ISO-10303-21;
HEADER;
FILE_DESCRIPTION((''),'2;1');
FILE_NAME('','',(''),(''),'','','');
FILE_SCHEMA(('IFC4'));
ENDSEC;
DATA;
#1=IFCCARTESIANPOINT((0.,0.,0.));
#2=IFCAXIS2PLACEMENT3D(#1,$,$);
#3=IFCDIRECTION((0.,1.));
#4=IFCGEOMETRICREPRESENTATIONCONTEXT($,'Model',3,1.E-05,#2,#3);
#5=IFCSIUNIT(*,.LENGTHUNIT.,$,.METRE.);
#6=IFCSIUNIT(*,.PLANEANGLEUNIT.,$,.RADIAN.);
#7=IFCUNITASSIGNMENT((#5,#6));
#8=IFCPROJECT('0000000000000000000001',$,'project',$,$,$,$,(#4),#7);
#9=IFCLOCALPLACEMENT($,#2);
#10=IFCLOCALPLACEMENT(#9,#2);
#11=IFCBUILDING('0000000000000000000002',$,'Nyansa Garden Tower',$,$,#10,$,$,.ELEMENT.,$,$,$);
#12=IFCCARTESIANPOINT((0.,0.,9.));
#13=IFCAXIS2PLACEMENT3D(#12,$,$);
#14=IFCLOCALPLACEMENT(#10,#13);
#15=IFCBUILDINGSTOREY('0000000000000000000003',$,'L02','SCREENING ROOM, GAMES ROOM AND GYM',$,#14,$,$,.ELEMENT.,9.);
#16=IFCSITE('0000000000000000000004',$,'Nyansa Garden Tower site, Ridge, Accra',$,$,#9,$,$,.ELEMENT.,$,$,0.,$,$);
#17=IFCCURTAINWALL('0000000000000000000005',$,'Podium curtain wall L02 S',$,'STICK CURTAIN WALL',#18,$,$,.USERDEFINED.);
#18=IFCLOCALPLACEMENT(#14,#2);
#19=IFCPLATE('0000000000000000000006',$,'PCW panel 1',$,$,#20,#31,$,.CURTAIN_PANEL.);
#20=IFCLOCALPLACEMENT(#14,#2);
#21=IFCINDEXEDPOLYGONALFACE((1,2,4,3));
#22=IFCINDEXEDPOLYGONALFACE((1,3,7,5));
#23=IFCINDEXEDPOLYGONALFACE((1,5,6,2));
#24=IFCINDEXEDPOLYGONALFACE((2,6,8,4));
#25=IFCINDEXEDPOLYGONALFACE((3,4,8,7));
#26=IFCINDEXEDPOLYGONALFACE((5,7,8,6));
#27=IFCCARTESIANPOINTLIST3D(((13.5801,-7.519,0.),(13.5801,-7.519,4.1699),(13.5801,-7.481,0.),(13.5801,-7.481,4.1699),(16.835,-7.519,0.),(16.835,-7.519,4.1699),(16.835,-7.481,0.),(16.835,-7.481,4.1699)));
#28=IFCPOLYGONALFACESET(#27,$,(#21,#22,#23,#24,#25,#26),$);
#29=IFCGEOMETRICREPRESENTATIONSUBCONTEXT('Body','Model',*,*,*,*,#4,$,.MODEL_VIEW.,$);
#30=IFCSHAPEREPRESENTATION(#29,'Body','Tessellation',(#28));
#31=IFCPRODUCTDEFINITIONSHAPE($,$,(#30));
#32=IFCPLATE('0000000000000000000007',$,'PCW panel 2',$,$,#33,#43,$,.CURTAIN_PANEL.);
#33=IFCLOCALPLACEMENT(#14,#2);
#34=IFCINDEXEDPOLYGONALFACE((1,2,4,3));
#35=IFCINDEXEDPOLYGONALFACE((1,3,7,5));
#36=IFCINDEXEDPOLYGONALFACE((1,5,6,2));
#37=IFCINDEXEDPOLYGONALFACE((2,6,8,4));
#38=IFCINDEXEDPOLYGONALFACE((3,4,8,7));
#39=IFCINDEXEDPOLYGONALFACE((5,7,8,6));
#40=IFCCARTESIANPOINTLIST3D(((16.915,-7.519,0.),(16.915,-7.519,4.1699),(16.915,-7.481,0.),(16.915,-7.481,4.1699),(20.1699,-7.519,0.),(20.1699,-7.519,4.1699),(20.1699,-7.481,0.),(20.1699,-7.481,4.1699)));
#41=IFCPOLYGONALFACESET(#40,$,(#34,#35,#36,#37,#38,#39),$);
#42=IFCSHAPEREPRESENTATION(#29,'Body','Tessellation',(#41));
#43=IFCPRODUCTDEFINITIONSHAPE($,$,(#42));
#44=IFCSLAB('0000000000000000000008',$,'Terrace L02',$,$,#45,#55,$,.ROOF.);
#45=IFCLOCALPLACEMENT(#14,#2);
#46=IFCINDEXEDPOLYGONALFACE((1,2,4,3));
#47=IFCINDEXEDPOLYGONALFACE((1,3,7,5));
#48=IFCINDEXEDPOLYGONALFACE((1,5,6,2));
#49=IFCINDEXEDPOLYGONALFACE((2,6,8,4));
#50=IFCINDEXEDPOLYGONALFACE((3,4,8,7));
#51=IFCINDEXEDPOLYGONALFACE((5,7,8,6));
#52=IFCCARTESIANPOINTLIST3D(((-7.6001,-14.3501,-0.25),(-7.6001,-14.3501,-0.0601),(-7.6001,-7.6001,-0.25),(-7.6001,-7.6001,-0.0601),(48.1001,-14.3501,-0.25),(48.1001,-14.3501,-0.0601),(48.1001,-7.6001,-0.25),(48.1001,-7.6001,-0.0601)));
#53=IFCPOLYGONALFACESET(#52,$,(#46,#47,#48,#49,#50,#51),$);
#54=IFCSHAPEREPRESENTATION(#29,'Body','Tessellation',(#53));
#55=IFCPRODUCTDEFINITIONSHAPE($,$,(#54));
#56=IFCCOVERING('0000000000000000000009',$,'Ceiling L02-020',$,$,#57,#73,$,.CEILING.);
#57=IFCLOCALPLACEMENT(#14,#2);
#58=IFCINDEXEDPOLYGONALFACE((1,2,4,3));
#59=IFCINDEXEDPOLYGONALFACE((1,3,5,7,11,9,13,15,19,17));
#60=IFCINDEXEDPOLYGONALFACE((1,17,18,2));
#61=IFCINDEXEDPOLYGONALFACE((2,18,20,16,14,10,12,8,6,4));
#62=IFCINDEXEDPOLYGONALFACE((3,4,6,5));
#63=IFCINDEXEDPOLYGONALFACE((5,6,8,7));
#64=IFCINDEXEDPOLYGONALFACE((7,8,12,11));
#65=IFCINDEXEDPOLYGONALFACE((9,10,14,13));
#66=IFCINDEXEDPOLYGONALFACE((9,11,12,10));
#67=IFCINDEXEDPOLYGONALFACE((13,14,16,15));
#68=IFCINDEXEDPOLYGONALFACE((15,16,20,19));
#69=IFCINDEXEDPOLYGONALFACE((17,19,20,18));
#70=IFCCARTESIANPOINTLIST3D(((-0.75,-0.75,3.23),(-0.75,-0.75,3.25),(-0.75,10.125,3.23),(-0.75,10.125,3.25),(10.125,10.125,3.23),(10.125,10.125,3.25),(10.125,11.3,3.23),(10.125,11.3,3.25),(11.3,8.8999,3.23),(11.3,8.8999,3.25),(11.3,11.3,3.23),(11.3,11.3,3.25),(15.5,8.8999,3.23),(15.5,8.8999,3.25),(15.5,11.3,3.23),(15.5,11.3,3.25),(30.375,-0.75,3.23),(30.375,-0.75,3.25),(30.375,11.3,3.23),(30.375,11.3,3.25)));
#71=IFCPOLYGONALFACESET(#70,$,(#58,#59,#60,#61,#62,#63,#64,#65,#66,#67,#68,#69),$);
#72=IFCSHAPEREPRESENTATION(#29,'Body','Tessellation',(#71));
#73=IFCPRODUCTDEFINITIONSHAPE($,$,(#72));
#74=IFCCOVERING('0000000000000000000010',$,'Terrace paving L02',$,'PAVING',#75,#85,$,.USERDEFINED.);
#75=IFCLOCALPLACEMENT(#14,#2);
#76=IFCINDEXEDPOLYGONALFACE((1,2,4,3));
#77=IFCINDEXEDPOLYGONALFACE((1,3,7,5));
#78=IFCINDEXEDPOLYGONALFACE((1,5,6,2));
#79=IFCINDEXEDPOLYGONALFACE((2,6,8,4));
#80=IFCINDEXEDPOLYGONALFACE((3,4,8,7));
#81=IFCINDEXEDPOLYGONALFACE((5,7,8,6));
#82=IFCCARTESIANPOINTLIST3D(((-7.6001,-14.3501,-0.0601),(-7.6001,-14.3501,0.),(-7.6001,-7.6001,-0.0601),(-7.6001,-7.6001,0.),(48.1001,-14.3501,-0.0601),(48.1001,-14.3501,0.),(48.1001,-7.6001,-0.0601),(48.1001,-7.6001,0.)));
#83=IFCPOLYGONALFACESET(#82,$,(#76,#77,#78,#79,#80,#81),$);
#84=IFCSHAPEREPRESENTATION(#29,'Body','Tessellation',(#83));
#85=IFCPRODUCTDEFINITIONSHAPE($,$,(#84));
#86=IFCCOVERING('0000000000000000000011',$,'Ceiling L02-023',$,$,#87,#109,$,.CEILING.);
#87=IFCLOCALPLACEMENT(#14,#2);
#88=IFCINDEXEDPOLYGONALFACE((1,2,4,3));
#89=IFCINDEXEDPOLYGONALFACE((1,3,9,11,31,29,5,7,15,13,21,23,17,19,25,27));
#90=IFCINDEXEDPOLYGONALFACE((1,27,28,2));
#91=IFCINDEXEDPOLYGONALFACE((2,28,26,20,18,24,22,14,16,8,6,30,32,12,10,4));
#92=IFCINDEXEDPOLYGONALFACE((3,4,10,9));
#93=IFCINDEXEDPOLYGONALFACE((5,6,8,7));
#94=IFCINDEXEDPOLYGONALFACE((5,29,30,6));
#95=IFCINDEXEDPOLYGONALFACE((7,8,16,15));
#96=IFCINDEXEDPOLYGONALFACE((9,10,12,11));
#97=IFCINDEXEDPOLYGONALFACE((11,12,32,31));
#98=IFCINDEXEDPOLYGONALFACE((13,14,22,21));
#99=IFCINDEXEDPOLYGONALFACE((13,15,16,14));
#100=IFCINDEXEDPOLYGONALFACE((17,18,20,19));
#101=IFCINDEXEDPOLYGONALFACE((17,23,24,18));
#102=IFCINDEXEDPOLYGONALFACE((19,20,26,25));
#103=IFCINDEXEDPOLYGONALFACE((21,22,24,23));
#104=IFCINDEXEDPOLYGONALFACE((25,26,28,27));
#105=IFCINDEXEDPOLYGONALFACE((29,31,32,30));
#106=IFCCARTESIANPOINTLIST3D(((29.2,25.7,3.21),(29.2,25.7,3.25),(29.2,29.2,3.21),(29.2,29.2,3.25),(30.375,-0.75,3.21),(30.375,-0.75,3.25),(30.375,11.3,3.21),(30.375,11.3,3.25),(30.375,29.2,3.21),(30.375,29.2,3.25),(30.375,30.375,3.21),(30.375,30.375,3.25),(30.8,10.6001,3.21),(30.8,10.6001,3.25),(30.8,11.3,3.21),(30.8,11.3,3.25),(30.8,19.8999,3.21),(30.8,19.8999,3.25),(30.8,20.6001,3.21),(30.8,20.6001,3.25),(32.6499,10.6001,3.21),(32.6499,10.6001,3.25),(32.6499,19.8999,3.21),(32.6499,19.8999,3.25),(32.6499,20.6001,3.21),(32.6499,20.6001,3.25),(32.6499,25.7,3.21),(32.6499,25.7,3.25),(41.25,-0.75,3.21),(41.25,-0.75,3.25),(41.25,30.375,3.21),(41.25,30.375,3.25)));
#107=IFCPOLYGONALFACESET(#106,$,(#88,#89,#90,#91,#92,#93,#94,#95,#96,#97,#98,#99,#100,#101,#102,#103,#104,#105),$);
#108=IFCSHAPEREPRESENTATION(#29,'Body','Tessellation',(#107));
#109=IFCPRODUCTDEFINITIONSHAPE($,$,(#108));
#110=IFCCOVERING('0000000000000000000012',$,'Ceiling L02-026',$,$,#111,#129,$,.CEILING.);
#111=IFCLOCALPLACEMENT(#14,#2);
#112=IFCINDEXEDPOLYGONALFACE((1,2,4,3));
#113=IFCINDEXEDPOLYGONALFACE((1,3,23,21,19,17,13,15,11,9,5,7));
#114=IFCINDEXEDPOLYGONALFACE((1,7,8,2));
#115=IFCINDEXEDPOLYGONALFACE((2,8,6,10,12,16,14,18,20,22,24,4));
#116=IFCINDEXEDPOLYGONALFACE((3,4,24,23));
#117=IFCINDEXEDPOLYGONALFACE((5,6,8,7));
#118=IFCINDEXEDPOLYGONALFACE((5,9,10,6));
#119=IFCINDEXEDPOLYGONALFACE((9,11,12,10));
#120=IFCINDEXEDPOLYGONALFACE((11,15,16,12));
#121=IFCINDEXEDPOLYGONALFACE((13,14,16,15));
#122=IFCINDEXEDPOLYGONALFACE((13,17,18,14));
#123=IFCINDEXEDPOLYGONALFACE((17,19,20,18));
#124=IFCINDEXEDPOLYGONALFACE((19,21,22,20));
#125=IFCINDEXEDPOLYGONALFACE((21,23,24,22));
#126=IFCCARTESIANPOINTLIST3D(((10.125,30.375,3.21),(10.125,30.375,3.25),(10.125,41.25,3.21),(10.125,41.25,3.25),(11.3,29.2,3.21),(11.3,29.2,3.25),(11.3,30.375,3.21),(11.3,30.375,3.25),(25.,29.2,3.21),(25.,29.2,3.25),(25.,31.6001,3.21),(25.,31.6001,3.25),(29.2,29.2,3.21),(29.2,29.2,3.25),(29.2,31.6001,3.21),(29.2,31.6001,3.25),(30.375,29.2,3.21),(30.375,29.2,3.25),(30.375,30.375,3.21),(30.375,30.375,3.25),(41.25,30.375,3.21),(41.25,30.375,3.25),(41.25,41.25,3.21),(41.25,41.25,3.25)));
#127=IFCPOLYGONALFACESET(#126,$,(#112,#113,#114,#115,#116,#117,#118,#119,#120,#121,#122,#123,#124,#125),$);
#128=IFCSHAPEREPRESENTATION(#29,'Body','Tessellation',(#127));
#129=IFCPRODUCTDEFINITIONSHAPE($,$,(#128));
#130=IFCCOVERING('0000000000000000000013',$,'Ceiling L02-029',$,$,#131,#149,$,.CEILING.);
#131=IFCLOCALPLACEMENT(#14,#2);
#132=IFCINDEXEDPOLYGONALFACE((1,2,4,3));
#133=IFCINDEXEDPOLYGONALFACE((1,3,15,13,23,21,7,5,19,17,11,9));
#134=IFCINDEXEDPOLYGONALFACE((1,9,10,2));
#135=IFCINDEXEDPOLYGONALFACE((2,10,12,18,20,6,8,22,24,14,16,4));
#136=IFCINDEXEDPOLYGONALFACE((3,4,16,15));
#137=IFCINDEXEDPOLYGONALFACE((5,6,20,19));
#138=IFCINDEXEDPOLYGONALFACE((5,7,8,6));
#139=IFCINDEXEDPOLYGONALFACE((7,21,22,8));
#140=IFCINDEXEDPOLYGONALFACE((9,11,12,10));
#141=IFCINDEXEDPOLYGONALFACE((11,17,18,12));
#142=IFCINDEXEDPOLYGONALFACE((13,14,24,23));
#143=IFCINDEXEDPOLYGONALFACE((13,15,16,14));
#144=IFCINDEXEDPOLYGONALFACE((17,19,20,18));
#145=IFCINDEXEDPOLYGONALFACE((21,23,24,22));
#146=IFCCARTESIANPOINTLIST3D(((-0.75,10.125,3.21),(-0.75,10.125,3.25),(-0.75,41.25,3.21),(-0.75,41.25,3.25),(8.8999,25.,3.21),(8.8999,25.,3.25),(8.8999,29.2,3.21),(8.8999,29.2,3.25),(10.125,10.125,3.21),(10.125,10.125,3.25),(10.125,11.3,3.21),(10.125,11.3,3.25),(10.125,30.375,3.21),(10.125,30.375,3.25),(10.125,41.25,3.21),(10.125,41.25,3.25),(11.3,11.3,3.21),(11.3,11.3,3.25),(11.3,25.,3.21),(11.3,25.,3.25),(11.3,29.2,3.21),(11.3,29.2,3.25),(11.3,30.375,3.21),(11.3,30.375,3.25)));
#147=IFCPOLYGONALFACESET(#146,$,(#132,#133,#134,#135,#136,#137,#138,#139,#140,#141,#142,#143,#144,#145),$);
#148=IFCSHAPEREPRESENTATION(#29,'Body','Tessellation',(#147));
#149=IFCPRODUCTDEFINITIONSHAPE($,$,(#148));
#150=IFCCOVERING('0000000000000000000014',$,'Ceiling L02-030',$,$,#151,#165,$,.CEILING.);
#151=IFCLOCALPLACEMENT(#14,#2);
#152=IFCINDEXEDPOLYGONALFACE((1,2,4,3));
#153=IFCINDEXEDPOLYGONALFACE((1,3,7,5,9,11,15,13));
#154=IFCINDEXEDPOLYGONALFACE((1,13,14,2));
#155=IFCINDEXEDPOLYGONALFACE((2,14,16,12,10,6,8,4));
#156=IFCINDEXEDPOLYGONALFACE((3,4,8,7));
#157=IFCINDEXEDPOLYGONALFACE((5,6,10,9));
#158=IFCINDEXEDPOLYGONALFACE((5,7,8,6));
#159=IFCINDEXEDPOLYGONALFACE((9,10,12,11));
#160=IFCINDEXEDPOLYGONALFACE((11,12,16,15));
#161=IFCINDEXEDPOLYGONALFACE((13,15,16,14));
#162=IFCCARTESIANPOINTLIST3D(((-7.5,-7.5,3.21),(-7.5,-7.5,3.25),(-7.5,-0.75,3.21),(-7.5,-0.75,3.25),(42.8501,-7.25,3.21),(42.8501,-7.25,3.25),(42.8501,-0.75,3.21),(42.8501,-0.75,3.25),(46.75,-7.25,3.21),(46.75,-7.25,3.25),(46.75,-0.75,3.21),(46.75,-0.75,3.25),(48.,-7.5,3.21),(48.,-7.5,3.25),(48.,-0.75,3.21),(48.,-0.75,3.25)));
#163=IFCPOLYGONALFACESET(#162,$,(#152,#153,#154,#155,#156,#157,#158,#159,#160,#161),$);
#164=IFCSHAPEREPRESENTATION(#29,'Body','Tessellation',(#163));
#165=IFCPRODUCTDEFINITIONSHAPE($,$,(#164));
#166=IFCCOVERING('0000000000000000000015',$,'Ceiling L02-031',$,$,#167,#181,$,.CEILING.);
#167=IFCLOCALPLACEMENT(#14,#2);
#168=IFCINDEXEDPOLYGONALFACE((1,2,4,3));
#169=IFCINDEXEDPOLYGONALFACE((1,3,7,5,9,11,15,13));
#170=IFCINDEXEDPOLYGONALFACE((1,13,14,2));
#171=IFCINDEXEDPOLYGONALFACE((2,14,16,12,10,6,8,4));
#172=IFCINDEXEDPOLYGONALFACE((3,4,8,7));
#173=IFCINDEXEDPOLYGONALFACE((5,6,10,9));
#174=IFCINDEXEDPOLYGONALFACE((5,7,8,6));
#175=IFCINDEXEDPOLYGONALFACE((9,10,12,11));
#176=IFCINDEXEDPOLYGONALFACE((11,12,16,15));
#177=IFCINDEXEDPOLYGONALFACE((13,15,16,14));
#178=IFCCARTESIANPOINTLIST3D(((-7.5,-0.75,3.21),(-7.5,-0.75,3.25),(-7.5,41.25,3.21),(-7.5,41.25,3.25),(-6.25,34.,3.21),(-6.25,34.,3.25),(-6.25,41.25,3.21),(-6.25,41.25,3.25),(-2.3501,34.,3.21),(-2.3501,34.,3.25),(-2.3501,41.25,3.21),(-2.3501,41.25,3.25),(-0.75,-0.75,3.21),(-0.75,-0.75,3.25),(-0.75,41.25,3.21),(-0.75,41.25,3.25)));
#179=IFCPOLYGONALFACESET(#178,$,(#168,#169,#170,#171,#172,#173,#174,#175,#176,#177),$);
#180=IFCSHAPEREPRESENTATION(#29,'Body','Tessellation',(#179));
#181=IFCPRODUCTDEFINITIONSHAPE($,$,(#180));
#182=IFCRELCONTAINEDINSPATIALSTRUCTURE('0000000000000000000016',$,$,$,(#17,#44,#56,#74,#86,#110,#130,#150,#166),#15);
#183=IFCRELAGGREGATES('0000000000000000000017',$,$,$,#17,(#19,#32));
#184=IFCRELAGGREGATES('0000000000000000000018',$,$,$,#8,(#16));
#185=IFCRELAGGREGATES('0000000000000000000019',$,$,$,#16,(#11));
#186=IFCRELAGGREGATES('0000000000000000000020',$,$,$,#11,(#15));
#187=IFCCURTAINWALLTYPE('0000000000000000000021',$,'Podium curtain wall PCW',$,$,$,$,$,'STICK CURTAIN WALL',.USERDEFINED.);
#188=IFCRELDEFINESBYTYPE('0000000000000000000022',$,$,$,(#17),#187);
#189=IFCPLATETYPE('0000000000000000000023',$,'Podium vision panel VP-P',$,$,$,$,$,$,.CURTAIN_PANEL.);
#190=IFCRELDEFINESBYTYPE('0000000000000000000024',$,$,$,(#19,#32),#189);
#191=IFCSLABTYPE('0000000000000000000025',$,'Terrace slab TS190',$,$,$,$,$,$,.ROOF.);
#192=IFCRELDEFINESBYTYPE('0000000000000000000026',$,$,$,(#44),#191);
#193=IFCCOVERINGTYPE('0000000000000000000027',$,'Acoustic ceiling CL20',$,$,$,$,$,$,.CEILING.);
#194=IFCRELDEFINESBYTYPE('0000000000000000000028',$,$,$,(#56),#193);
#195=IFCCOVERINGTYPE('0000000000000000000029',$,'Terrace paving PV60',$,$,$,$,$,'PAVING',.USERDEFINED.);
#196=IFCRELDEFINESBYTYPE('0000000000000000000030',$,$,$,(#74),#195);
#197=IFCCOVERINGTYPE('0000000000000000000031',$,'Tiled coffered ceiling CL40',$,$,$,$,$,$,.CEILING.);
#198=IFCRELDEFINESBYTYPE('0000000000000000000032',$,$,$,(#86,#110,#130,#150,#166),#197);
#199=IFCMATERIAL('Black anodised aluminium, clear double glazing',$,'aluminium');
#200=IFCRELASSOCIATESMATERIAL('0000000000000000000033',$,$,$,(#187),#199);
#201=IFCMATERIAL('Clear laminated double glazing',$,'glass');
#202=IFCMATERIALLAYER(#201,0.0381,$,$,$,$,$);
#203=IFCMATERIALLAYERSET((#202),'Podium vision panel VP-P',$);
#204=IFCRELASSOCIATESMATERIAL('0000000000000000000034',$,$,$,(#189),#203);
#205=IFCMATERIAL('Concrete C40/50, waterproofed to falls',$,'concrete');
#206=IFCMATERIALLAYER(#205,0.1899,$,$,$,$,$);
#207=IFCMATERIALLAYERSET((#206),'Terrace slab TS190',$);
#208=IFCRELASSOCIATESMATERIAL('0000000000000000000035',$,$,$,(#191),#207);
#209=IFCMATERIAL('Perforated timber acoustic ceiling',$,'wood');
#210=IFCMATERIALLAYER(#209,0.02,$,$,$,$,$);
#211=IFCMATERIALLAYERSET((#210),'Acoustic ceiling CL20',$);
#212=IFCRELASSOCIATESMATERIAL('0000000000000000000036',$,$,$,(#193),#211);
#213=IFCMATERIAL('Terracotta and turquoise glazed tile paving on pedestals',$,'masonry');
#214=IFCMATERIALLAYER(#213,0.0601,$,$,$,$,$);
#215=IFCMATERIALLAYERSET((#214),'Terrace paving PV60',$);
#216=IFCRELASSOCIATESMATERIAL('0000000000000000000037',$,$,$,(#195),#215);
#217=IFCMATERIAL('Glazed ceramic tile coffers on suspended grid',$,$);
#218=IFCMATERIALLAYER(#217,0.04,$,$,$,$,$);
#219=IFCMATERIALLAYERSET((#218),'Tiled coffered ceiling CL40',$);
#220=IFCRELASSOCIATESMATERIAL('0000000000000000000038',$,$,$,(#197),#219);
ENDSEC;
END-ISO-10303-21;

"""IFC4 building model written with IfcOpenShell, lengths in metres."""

from ifc_helpers import new_model, si_unit, direction, frame, origin, origin_2d, place, context, subcontext, project, spatial, polyline, rectangle, outline, extrude, material, layer, layer_set, type_object, element, aggregate, save


model = new_model("IFC4")

# Units and contexts
model_context = context("Model", 3, precision=1e-05, world=origin(), true_north=direction((0.0, 1.0)))
body_context = subcontext(model_context, "Body", "Model", "MODEL_VIEW")
ifc_project = project(units=[si_unit("LENGTHUNIT", "METRE"), si_unit("PLANEANGLEUNIT", "RADIAN")], contexts=[model_context])

# Site, building, storey
site_placement = place(None, origin())
site = spatial("IfcSite", under=ifc_project, at=site_placement, Name="Nyansa Garden Tower site, Ridge, Accra", CompositionType="ELEMENT", RefElevation=0.0)
building_placement = place(site_placement, origin())
building = spatial("IfcBuilding", under=site, at=building_placement, Name="Nyansa Garden Tower", CompositionType="ELEMENT")
storey_placement = place(building_placement, frame((0.0, 0.0, 9.0)))
storey = spatial("IfcBuildingStorey", under=building, at=storey_placement, Name="L02", Description="SCREENING ROOM, GAMES ROOM AND GYM", CompositionType="ELEMENT", Elevation=9.0)

# Curtain wall
ifc_material_1 = material(Name="Black anodised aluminium, clear double glazing", Category="aluminium")
curtain_wall_type = type_object("IfcCurtainWallType", Name="Podium curtain wall PCW", ElementType="STICK CURTAIN WALL", PredefinedType="USERDEFINED", material=ifc_material_1)
curtain_wall_1_placement = place(storey_placement, origin())
curtain_wall_1 = element("IfcCurtainWall", 1, at=curtain_wall_1_placement, inside=storey, type_object=curtain_wall_type, Name="Podium curtain wall L02 S", ObjectType="STICK CURTAIN WALL", PredefinedType="USERDEFINED")

# Plates
ifc_material_2 = material(Name="Clear laminated double glazing", Category="glass")
ifc_layer_1 = layer(ifc_material_2, 0.0381)
ifc_layer_set_1 = layer_set([ifc_layer_1], Name="Podium vision panel VP-P")
plate_type = type_object("IfcPlateType", Name="Podium vision panel VP-P", PredefinedType="CURTAIN_PANEL", material=ifc_layer_set_1)
plate_1_placement = place(storey_placement, frame((15.2075, -7.5, 0.0), z_axis=(0.0, 0.0, 1.0), x_axis=(1.0, 0.0, 0.0)))
plate_1 = element("IfcPlate", 2, at=plate_1_placement, type_object=plate_type, Name="PCW panel 1", PredefinedType="CURTAIN_PANEL", context=body_context, shape_type="SweptSolid", body=[
    extrude(rectangle(XDim=3.2549, YDim=0.0381, at=origin_2d()), origin(), (0.0, 0.0, 1.0), 4.1699),
])
plate_2_placement = place(storey_placement, frame((18.5425, -7.5, 0.0), z_axis=(0.0, 0.0, 1.0), x_axis=(1.0, 0.0, 0.0)))
plate_2 = element("IfcPlate", 3, at=plate_2_placement, type_object=plate_type, Name="PCW panel 2", PredefinedType="CURTAIN_PANEL", context=body_context, shape_type="SweptSolid", body=[
    extrude(rectangle(XDim=3.2549, YDim=0.0381, at=origin_2d()), origin(), (0.0, 0.0, 1.0), 4.1699),
])
aggregate(curtain_wall_1, [plate_1, plate_2])

# Slab
ifc_material_3 = material(Name="Concrete C40/50, waterproofed to falls", Category="concrete")
ifc_layer_2 = layer(ifc_material_3, 0.1899)
ifc_layer_set_2 = layer_set([ifc_layer_2], Name="Terrace slab TS190")
slab_type_1 = type_object("IfcSlabType", Name="Terrace slab TS190", PredefinedType="ROOF", material=ifc_layer_set_2)
slab_1_placement = place(storey_placement, frame((0.0, 0.0, -0.25)))
element("IfcSlab", 4, at=slab_1_placement, inside=storey, type_object=slab_type_1, Name="Terrace L02", PredefinedType="ROOF", context=body_context, shape_type="SweptSolid", body=[
    extrude(outline(polyline([(-7.6001, -14.3501), (-7.6001, -7.6001), (48.1001, -7.6001), (48.1001, -14.3501), (-7.6001, -14.3501)])), origin(), (0.0, 0.0, 1.0), 0.1899),
])

# Coverings
ifc_material_4 = material(Name="Perforated timber acoustic ceiling", Category="wood")
ifc_layer_3 = layer(ifc_material_4, 0.02)
ifc_layer_set_3 = layer_set([ifc_layer_3], Name="Acoustic ceiling CL20")
covering_type_1 = type_object("IfcCoveringType", Name="Acoustic ceiling CL20", PredefinedType="CEILING", material=ifc_layer_set_3)
covering_1_placement = place(storey_placement, frame((0.0, 0.0, 3.23)))
element("IfcCovering", 5, at=covering_1_placement, inside=storey, type_object=covering_type_1, Name="Ceiling L02-020", PredefinedType="CEILING", context=body_context, shape_type="SweptSolid", body=[
    extrude(outline(polyline([(10.125, 10.125), (10.125, 11.3), (11.3, 11.3), (11.3, 8.8999), (15.5, 8.8999), (15.5, 11.3), (30.375, 11.3), (30.375, -0.75), (-0.75, -0.75), (-0.75, 10.125), (10.125, 10.125)])), origin(), (0.0, 0.0, 1.0), 0.02),
])
ifc_material_5 = material(Name="Terracotta and turquoise glazed tile paving on pedestals", Category="masonry")
ifc_layer_4 = layer(ifc_material_5, 0.0601)
ifc_layer_set_4 = layer_set([ifc_layer_4], Name="Terrace paving PV60")
covering_type_2 = type_object("IfcCoveringType", Name="Terrace paving PV60", ElementType="PAVING", PredefinedType="USERDEFINED", material=ifc_layer_set_4)
covering_2_placement = place(storey_placement, frame((0.0, 0.0, -0.0601)))
element("IfcCovering", 6, at=covering_2_placement, inside=storey, type_object=covering_type_2, Name="Terrace paving L02", ObjectType="PAVING", PredefinedType="USERDEFINED", context=body_context, shape_type="SweptSolid", body=[
    extrude(outline(polyline([(-7.6001, -14.3501), (-7.6001, -7.6001), (48.1001, -7.6001), (48.1001, -14.3501), (-7.6001, -14.3501)])), origin(), (0.0, 0.0, 1.0), 0.0601),
])
ifc_material_6 = material(Name="Glazed ceramic tile coffers on suspended grid")
ifc_layer_5 = layer(ifc_material_6, 0.04)
ifc_layer_set_5 = layer_set([ifc_layer_5], Name="Tiled coffered ceiling CL40")
covering_type_3 = type_object("IfcCoveringType", Name="Tiled coffered ceiling CL40", PredefinedType="CEILING", material=ifc_layer_set_5)
covering_3_placement = place(storey_placement, frame((0.0, 0.0, 3.21)))
element("IfcCovering", 7, at=covering_3_placement, inside=storey, type_object=covering_type_3, Name="Ceiling L02-023", PredefinedType="CEILING", context=body_context, shape_type="SweptSolid", body=[
    extrude(outline(polyline([(30.8, 11.3), (30.8, 10.6001), (32.6499, 10.6001), (32.6499, 19.8999), (30.8, 19.8999), (30.8, 20.6001), (32.6499, 20.6001), (32.6499, 25.7), (29.2, 25.7), (29.2, 29.2), (30.375, 29.2), (30.375, 30.375), (41.25, 30.375), (41.25, -0.75), (30.375, -0.75), (30.375, 11.3), (30.8, 11.3)])), origin(), (0.0, 0.0, 1.0), 0.04),
])
covering_4_placement = place(storey_placement, frame((0.0, 0.0, 3.21)))
element("IfcCovering", 8, at=covering_4_placement, inside=storey, type_object=covering_type_3, Name="Ceiling L02-026", PredefinedType="CEILING", context=body_context, shape_type="SweptSolid", body=[
    extrude(outline(polyline([(41.25, 30.375), (30.375, 30.375), (30.375, 29.2), (29.2, 29.2), (29.2, 31.6001), (25.0, 31.6001), (25.0, 29.2), (11.3, 29.2), (11.3, 30.375), (10.125, 30.375), (10.125, 41.25), (41.25, 41.25), (41.25, 30.375)])), origin(), (0.0, 0.0, 1.0), 0.04),
])
covering_5_placement = place(storey_placement, frame((0.0, 0.0, 3.21)))
element("IfcCovering", 9, at=covering_5_placement, inside=storey, type_object=covering_type_3, Name="Ceiling L02-029", PredefinedType="CEILING", context=body_context, shape_type="SweptSolid", body=[
    extrude(outline(polyline([(10.125, 41.25), (10.125, 30.375), (11.3, 30.375), (11.3, 29.2), (8.8999, 29.2), (8.8999, 25.0), (11.3, 25.0), (11.3, 11.3), (10.125, 11.3), (10.125, 10.125), (-0.75, 10.125), (-0.75, 41.25), (10.125, 41.25)])), origin(), (0.0, 0.0, 1.0), 0.04),
])
covering_6_placement = place(storey_placement, frame((0.0, 0.0, 3.21)))
element("IfcCovering", 10, at=covering_6_placement, inside=storey, type_object=covering_type_3, Name="Ceiling L02-030", PredefinedType="CEILING", context=body_context, shape_type="SweptSolid", body=[
    extrude(outline(polyline([(-7.5, -7.5), (-7.5, -0.75), (42.8501, -0.75), (42.8501, -7.25), (46.75, -7.25), (46.75, -0.75), (48.0, -0.75), (48.0, -7.5), (-7.5, -7.5)])), origin(), (0.0, 0.0, 1.0), 0.04),
])
covering_7_placement = place(storey_placement, frame((0.0, 0.0, 3.21)))
element("IfcCovering", 11, at=covering_7_placement, inside=storey, type_object=covering_type_3, Name="Ceiling L02-031", PredefinedType="CEILING", context=body_context, shape_type="SweptSolid", body=[
    extrude(outline(polyline([(-7.5, 41.25), (-6.25, 41.25), (-6.25, 34.0), (-2.3501, 34.0), (-2.3501, 41.25), (-0.75, 41.25), (-0.75, -0.75), (-7.5, -0.75), (-7.5, 41.25)])), origin(), (0.0, 0.0, 1.0), 0.04),
])

save(model, "model.ifc")
